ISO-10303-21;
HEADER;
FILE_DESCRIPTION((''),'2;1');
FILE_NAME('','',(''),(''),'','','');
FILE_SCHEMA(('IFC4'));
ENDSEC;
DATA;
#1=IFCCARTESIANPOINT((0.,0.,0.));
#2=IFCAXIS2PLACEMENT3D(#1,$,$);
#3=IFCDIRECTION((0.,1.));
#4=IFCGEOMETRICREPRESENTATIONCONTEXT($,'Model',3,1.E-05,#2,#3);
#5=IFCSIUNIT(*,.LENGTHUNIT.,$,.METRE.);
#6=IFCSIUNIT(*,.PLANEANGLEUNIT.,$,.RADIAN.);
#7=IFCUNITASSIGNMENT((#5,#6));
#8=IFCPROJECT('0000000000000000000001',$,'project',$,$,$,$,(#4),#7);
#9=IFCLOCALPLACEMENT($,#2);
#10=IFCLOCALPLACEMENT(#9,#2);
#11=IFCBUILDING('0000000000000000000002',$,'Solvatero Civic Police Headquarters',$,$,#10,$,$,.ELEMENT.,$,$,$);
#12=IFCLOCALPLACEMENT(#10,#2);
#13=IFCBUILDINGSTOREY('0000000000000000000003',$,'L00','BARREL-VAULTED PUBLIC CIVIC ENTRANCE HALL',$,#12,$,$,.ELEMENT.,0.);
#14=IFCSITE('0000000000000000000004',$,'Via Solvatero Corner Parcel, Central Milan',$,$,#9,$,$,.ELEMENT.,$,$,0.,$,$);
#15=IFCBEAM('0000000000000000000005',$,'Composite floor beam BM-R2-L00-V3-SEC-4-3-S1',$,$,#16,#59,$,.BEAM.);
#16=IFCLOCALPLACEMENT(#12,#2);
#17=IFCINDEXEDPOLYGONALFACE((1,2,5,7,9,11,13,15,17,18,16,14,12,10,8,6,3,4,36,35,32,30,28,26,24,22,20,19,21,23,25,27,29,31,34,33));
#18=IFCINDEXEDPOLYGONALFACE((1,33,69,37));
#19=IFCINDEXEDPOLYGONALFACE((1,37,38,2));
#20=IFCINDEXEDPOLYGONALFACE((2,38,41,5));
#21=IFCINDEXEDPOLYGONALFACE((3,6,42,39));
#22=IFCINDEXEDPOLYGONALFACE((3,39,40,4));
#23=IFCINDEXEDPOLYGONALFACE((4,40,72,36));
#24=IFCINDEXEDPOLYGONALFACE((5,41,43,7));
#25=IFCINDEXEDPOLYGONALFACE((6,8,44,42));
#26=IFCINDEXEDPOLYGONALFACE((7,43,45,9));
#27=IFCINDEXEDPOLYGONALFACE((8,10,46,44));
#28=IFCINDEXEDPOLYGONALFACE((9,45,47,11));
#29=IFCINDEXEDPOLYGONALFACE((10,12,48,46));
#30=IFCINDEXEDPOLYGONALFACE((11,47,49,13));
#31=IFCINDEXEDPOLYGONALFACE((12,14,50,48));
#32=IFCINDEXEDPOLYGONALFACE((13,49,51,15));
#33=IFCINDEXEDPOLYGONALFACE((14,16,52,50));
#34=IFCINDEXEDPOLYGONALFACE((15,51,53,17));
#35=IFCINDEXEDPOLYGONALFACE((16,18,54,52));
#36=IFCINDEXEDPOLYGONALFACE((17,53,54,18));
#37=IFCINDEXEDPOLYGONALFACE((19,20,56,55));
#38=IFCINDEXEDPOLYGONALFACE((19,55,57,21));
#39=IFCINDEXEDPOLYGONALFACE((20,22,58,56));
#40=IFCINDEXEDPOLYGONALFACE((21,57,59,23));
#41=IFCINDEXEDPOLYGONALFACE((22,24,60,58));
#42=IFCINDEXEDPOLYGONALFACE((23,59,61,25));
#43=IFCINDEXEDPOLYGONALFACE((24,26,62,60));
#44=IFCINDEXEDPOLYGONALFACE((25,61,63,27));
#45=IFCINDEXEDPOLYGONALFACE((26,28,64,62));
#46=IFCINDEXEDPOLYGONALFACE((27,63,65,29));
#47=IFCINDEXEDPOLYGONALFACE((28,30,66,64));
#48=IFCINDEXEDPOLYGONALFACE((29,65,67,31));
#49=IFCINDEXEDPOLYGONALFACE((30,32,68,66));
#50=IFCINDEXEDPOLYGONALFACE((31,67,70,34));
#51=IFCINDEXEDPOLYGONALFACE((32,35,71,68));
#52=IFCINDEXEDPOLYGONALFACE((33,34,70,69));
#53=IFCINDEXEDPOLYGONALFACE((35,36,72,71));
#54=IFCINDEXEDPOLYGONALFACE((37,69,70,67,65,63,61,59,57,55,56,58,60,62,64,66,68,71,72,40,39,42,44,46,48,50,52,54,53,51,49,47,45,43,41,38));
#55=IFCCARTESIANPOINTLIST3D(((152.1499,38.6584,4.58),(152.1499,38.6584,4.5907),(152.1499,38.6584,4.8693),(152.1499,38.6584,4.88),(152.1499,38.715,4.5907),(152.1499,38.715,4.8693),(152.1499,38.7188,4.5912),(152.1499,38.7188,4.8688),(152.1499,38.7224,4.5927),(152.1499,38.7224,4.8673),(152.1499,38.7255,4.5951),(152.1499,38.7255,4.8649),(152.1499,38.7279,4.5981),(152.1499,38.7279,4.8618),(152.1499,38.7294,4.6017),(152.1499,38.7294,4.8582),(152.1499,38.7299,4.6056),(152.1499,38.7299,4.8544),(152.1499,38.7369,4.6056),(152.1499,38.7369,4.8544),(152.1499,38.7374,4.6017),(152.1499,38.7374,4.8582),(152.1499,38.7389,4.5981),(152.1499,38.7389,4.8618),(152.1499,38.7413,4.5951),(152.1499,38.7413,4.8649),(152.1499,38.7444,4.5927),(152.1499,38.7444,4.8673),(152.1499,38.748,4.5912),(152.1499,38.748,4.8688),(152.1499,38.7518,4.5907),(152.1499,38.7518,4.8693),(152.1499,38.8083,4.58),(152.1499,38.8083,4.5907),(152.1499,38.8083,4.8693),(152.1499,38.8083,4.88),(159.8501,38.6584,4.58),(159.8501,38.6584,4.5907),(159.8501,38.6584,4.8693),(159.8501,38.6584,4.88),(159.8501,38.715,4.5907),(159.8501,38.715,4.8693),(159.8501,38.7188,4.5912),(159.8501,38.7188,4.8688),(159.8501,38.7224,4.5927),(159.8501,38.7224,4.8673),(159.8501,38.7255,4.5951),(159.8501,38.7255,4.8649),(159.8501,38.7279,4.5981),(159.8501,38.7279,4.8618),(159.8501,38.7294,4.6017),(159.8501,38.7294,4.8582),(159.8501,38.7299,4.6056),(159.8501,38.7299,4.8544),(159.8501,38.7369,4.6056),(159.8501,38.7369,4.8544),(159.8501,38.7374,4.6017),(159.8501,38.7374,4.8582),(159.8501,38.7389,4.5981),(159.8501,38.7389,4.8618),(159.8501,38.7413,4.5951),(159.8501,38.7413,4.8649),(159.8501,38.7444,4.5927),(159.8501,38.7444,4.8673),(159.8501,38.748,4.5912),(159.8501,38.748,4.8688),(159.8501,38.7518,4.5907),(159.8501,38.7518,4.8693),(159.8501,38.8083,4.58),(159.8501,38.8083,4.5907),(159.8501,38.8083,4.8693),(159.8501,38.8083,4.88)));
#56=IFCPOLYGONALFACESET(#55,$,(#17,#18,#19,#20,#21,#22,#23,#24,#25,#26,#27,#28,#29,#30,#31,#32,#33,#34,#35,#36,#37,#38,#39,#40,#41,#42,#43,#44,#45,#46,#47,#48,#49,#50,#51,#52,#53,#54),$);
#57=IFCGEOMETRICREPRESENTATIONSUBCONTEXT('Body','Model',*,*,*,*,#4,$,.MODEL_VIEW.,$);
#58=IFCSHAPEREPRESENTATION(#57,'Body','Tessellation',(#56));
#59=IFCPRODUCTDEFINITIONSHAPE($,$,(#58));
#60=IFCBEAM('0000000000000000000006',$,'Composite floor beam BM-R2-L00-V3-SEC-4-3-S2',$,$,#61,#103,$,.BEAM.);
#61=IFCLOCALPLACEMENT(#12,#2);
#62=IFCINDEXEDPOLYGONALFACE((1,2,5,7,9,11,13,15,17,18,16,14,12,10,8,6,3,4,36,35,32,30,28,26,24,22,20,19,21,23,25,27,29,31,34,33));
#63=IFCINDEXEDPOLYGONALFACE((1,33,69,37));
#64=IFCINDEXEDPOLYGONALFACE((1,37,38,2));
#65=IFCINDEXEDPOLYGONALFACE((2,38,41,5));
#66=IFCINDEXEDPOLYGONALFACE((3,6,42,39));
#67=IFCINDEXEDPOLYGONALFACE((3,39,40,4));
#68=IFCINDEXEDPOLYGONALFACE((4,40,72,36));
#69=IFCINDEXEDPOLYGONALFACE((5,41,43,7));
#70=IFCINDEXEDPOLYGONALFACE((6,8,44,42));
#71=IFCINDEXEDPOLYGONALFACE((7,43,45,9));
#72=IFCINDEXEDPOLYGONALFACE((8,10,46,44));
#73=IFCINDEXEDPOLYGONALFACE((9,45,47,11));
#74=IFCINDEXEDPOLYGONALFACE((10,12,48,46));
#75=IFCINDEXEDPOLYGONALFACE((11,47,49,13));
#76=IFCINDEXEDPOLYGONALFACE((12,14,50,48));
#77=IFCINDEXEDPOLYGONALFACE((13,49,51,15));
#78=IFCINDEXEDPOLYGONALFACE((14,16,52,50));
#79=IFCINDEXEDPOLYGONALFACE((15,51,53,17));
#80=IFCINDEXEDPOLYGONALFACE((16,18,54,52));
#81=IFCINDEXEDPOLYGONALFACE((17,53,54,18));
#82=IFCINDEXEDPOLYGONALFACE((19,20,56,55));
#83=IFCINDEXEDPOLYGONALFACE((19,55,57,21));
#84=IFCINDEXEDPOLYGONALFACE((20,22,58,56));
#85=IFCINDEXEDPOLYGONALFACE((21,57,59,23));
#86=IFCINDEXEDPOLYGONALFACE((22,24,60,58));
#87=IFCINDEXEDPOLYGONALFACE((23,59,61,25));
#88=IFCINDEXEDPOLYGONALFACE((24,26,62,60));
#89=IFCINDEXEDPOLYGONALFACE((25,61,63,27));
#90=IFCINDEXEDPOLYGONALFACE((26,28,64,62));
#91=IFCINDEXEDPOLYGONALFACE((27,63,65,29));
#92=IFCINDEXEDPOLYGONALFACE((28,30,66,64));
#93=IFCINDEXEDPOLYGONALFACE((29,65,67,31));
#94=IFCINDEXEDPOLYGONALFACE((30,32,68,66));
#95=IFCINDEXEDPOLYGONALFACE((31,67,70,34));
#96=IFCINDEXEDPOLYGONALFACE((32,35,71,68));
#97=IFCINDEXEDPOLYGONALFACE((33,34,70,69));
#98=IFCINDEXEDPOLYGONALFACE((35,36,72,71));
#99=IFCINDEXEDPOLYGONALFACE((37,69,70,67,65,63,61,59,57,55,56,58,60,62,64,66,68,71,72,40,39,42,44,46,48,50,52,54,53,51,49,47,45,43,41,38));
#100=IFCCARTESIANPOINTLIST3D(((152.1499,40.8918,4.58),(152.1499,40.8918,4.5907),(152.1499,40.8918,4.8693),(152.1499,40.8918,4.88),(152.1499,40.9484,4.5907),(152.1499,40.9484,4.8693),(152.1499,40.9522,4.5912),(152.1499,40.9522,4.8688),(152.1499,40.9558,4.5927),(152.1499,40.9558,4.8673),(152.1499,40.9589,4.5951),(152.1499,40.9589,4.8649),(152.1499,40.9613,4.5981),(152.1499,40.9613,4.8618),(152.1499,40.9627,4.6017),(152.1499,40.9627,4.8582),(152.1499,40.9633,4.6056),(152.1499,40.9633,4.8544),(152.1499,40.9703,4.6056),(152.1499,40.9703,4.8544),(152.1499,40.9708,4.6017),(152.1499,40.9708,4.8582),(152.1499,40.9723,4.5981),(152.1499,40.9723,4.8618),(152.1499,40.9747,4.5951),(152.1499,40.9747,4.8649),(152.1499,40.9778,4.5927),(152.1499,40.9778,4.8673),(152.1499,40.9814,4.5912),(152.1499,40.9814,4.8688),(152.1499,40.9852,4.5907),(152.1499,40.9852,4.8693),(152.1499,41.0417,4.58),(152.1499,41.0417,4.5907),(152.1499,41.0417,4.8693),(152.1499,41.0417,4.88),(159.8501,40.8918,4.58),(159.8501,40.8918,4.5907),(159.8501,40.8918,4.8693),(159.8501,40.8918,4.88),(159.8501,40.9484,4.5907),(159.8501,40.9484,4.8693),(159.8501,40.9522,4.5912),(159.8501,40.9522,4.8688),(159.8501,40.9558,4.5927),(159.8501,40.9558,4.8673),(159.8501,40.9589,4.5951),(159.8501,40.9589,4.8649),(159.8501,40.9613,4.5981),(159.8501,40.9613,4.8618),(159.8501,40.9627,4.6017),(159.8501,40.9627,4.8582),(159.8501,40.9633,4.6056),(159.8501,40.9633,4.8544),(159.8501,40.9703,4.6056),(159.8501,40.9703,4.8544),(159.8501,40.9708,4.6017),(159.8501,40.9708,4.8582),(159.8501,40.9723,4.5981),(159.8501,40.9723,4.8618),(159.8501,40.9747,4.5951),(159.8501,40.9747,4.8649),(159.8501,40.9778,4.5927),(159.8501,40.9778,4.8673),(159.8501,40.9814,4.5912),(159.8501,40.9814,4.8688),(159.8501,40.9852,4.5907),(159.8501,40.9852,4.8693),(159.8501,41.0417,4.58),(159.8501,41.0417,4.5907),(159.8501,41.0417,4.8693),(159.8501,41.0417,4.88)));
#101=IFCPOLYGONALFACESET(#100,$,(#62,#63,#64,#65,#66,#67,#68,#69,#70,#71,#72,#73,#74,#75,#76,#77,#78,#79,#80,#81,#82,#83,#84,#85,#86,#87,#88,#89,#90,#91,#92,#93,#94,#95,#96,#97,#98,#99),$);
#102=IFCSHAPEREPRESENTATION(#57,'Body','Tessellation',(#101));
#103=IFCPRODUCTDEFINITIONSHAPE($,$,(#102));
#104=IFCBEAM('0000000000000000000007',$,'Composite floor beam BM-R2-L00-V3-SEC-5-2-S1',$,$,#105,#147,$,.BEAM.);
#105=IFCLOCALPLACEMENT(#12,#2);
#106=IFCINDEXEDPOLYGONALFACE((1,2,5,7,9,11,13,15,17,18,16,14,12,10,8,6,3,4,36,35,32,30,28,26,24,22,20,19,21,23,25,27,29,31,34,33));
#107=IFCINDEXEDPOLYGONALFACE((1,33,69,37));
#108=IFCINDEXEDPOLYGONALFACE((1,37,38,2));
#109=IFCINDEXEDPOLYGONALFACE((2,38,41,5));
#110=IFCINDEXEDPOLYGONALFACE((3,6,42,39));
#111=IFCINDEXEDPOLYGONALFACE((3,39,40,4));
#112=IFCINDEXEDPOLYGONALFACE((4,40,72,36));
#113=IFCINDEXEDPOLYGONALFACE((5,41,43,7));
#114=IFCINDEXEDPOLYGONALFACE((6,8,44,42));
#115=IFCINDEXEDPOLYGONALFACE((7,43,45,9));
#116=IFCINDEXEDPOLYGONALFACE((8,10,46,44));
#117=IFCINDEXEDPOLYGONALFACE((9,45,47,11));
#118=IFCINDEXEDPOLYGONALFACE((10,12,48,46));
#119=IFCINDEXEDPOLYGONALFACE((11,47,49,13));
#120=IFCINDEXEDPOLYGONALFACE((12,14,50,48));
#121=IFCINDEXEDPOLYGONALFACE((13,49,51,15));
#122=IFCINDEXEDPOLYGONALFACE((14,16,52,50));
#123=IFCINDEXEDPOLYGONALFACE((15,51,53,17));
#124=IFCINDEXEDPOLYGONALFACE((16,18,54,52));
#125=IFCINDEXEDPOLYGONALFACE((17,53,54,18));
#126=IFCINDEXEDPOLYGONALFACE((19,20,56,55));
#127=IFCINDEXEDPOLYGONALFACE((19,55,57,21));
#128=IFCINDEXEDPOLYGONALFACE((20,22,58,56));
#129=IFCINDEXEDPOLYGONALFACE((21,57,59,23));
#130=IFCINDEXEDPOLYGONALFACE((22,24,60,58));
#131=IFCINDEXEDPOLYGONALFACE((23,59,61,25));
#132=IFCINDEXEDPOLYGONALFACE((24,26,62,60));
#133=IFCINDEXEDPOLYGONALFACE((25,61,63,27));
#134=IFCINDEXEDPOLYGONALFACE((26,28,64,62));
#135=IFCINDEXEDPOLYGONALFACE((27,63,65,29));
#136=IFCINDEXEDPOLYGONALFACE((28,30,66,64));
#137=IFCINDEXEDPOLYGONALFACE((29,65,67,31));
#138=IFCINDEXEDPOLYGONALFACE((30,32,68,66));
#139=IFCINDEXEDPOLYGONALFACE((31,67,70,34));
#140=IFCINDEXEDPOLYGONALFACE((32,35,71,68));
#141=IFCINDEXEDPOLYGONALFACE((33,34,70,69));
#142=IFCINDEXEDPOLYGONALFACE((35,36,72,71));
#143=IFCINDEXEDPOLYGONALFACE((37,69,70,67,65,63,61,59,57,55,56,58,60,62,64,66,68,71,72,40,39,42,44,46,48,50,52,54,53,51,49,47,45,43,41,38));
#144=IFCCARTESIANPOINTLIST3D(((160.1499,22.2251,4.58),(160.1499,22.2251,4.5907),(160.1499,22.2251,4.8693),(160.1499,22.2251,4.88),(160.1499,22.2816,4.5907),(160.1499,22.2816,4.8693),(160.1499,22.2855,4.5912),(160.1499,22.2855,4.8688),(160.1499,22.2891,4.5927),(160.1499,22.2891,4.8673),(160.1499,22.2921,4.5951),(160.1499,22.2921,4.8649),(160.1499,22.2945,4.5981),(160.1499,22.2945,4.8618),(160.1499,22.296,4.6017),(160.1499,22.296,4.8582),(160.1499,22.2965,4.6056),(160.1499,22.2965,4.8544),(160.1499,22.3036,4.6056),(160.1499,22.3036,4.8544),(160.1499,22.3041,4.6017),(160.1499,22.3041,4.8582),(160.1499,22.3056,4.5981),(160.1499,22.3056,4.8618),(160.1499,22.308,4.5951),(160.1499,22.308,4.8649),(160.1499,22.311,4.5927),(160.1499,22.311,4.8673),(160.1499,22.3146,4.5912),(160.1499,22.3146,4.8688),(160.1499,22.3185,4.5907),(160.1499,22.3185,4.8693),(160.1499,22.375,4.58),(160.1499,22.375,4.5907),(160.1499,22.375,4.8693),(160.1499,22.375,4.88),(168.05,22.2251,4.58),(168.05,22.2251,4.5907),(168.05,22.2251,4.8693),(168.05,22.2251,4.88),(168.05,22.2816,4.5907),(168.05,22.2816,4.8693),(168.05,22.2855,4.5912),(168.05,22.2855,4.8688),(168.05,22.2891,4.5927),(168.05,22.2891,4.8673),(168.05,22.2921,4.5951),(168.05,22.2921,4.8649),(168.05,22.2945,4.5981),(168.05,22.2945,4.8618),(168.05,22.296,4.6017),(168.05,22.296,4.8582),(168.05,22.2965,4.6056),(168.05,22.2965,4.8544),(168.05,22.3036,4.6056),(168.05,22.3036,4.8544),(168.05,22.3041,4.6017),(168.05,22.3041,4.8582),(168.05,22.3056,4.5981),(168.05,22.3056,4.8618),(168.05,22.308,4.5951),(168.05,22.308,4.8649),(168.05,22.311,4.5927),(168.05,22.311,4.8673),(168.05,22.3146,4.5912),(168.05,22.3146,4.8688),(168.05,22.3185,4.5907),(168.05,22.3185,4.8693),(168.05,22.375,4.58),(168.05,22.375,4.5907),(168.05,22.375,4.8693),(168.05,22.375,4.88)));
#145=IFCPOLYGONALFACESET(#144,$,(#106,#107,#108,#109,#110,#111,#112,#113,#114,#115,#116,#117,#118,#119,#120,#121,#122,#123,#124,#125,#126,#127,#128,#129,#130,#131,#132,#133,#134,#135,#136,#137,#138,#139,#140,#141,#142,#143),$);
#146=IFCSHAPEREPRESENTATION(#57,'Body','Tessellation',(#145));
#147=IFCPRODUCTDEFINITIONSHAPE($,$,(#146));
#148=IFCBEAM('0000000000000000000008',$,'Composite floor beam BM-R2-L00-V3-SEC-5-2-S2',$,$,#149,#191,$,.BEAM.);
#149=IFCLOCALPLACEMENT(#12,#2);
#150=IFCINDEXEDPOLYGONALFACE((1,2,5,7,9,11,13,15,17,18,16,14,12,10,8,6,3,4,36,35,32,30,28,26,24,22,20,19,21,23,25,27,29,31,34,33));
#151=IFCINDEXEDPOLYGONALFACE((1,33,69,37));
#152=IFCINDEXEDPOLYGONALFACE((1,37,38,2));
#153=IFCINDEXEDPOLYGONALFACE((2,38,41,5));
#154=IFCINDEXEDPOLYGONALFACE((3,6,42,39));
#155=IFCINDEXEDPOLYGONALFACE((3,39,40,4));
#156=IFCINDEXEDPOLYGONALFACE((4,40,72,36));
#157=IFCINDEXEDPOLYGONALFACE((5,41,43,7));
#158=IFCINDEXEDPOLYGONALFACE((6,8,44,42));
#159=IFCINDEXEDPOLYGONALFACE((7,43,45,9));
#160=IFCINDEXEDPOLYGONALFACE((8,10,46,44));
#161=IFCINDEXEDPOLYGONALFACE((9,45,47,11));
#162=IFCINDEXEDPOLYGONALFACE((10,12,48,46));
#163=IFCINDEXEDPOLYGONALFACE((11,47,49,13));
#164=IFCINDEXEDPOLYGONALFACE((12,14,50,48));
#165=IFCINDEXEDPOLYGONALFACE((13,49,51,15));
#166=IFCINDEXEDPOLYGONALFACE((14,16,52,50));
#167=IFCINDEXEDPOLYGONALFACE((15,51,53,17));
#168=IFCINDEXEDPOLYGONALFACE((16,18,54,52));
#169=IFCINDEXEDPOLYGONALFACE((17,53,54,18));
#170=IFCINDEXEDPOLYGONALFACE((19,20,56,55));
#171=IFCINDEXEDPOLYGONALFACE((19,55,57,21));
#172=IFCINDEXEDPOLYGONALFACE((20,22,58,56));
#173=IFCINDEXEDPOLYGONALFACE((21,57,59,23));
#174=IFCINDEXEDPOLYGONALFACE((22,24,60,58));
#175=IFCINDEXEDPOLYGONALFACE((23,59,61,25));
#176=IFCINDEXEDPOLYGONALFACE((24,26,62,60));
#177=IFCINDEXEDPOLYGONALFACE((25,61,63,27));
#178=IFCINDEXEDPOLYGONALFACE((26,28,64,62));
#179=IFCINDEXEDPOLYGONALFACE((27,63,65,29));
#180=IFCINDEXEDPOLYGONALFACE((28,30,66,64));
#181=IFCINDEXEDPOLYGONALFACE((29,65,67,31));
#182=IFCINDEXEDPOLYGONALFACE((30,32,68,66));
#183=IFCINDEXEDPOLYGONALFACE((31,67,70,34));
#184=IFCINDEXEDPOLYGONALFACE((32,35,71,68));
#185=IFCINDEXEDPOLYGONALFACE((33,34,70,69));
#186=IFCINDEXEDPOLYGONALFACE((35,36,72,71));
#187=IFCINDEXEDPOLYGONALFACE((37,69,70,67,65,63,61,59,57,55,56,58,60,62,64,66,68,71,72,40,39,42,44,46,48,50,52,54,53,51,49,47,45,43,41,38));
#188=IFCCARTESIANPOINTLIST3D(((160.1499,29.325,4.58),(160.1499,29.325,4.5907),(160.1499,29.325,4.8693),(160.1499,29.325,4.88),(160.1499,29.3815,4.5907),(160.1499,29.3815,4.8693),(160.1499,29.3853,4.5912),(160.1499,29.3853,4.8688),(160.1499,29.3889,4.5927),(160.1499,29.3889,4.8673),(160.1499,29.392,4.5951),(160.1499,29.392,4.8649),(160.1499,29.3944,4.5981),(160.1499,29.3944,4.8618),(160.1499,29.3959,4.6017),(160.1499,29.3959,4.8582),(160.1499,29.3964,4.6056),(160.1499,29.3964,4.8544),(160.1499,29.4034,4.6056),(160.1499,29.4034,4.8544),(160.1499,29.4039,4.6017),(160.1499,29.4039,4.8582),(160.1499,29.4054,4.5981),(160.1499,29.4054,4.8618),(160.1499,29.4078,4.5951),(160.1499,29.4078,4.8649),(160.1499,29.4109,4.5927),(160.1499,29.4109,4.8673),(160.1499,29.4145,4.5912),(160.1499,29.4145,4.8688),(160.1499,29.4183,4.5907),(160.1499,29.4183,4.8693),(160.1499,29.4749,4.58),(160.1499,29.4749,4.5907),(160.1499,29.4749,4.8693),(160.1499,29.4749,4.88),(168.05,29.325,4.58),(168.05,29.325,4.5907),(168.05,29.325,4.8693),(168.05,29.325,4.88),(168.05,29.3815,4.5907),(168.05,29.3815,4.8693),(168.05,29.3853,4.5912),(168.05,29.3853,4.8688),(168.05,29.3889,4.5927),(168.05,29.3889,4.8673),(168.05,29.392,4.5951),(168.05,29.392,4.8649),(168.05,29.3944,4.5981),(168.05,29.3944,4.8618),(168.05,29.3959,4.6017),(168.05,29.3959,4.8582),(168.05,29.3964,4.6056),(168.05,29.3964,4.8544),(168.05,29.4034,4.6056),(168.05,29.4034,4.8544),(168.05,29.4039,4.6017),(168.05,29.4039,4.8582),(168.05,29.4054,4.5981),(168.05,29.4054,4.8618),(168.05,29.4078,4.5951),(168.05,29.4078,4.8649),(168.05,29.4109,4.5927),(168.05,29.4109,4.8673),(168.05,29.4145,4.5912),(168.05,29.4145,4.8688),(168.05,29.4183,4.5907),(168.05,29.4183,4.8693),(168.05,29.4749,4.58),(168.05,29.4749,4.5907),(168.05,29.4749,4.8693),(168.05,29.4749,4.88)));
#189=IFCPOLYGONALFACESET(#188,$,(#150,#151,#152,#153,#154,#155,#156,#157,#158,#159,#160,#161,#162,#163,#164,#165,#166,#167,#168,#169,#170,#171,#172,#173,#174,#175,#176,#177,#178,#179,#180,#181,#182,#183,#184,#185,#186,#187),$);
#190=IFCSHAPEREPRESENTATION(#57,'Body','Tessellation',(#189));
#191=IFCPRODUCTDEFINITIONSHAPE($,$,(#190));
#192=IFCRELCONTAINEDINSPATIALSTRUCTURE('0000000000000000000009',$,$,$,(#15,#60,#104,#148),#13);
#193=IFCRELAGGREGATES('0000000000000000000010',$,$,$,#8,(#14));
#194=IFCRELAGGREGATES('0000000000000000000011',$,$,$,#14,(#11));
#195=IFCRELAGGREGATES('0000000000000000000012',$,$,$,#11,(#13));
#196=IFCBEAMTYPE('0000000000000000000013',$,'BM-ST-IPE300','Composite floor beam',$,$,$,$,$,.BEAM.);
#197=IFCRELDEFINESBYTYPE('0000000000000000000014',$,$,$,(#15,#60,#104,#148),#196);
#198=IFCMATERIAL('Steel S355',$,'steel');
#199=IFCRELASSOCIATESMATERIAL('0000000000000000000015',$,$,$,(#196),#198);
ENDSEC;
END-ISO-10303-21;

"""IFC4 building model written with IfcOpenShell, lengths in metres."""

from ifc_helpers import new_model, si_unit, direction, frame, origin, origin_2d, place, context, subcontext, project, spatial, i_section, extrude, material, material_profile, profile_set, type_object, element, save


model = new_model("IFC4")

# Units and contexts
model_context = context("Model", 3, precision=1e-05, world=origin(), true_north=direction((0.0, 1.0)))
body_context = subcontext(model_context, "Body", "Model", "MODEL_VIEW")
ifc_project = project(units=[si_unit("LENGTHUNIT", "METRE"), si_unit("PLANEANGLEUNIT", "RADIAN")], contexts=[model_context])

# Site, building, storey
site_placement = place(None, origin())
site = spatial("IfcSite", under=ifc_project, at=site_placement, Name="Via Solvatero Corner Parcel, Central Milan", CompositionType="ELEMENT", RefElevation=0.0)
building_placement = place(site_placement, origin())
building = spatial("IfcBuilding", under=site, at=building_placement, Name="Solvatero Civic Police Headquarters", CompositionType="ELEMENT")
storey_placement = place(building_placement, origin())
storey = spatial("IfcBuildingStorey", under=building, at=storey_placement, Name="L00", Description="BARREL-VAULTED PUBLIC CIVIC ENTRANCE HALL", CompositionType="ELEMENT", Elevation=0.0)

# Beams
ifc_material_1 = material(Name="Steel S355", Category="steel")
ifc_material_profile_1 = material_profile(ifc_material_1, i_section(OverallWidth=0.1499, OverallDepth=0.3, WebThickness=0.0071, FlangeThickness=0.0107, FilletRadius=0.0149, at=origin_2d()), Name="IPE 300")
ifc_profile_set_1 = profile_set([ifc_material_profile_1], Name="Steel S355")
beam_type_1 = type_object("IfcBeamType", Name="BM-ST-IPE300", Description="Composite floor beam", PredefinedType="BEAM", material=ifc_profile_set_1)
for number, where, z_axis, x_axis, name in (
    (1, (152.1499, 38.7334, 4.73), (1.0, 0.0, 0.0), (0.0, 1.0, 0.0), "Composite floor beam BM-R2-L00-V3-SEC-4-3-S1"),
    (2, (152.1499, 40.9668, 4.73), (1.0, 0.0, 0.0), (0.0, 1.0, 0.0), "Composite floor beam BM-R2-L00-V3-SEC-4-3-S2"),
):
    element("IfcBeam", number, at=place(storey_placement, frame(where, z_axis=z_axis, x_axis=x_axis)), inside=storey, type_object=beam_type_1, Name=name, PredefinedType="BEAM", context=body_context, shape_type="SweptSolid", body=[
        extrude(i_section(OverallWidth=0.1499, OverallDepth=0.3, WebThickness=0.0071, FlangeThickness=0.0107, FilletRadius=0.0149, at=origin_2d()), origin(), (0.0, 0.0, 1.0), 7.7002),
    ])
for number, where, z_axis, x_axis, name in (
    (3, (160.1499, 22.3, 4.73), (1.0, 0.0, 0.0), (0.0, 1.0, 0.0), "Composite floor beam BM-R2-L00-V3-SEC-5-2-S1"),
    (4, (160.1499, 29.3999, 4.73), (1.0, 0.0, 0.0), (0.0, 1.0, 0.0), "Composite floor beam BM-R2-L00-V3-SEC-5-2-S2"),
):
    element("IfcBeam", number, at=place(storey_placement, frame(where, z_axis=z_axis, x_axis=x_axis)), inside=storey, type_object=beam_type_1, Name=name, PredefinedType="BEAM", context=body_context, shape_type="SweptSolid", body=[
        extrude(i_section(OverallWidth=0.1499, OverallDepth=0.3, WebThickness=0.0071, FlangeThickness=0.0107, FilletRadius=0.0149, at=origin_2d()), origin(), (0.0, 0.0, 1.0), 7.9001),
    ])

save(model, "model.ifc")
